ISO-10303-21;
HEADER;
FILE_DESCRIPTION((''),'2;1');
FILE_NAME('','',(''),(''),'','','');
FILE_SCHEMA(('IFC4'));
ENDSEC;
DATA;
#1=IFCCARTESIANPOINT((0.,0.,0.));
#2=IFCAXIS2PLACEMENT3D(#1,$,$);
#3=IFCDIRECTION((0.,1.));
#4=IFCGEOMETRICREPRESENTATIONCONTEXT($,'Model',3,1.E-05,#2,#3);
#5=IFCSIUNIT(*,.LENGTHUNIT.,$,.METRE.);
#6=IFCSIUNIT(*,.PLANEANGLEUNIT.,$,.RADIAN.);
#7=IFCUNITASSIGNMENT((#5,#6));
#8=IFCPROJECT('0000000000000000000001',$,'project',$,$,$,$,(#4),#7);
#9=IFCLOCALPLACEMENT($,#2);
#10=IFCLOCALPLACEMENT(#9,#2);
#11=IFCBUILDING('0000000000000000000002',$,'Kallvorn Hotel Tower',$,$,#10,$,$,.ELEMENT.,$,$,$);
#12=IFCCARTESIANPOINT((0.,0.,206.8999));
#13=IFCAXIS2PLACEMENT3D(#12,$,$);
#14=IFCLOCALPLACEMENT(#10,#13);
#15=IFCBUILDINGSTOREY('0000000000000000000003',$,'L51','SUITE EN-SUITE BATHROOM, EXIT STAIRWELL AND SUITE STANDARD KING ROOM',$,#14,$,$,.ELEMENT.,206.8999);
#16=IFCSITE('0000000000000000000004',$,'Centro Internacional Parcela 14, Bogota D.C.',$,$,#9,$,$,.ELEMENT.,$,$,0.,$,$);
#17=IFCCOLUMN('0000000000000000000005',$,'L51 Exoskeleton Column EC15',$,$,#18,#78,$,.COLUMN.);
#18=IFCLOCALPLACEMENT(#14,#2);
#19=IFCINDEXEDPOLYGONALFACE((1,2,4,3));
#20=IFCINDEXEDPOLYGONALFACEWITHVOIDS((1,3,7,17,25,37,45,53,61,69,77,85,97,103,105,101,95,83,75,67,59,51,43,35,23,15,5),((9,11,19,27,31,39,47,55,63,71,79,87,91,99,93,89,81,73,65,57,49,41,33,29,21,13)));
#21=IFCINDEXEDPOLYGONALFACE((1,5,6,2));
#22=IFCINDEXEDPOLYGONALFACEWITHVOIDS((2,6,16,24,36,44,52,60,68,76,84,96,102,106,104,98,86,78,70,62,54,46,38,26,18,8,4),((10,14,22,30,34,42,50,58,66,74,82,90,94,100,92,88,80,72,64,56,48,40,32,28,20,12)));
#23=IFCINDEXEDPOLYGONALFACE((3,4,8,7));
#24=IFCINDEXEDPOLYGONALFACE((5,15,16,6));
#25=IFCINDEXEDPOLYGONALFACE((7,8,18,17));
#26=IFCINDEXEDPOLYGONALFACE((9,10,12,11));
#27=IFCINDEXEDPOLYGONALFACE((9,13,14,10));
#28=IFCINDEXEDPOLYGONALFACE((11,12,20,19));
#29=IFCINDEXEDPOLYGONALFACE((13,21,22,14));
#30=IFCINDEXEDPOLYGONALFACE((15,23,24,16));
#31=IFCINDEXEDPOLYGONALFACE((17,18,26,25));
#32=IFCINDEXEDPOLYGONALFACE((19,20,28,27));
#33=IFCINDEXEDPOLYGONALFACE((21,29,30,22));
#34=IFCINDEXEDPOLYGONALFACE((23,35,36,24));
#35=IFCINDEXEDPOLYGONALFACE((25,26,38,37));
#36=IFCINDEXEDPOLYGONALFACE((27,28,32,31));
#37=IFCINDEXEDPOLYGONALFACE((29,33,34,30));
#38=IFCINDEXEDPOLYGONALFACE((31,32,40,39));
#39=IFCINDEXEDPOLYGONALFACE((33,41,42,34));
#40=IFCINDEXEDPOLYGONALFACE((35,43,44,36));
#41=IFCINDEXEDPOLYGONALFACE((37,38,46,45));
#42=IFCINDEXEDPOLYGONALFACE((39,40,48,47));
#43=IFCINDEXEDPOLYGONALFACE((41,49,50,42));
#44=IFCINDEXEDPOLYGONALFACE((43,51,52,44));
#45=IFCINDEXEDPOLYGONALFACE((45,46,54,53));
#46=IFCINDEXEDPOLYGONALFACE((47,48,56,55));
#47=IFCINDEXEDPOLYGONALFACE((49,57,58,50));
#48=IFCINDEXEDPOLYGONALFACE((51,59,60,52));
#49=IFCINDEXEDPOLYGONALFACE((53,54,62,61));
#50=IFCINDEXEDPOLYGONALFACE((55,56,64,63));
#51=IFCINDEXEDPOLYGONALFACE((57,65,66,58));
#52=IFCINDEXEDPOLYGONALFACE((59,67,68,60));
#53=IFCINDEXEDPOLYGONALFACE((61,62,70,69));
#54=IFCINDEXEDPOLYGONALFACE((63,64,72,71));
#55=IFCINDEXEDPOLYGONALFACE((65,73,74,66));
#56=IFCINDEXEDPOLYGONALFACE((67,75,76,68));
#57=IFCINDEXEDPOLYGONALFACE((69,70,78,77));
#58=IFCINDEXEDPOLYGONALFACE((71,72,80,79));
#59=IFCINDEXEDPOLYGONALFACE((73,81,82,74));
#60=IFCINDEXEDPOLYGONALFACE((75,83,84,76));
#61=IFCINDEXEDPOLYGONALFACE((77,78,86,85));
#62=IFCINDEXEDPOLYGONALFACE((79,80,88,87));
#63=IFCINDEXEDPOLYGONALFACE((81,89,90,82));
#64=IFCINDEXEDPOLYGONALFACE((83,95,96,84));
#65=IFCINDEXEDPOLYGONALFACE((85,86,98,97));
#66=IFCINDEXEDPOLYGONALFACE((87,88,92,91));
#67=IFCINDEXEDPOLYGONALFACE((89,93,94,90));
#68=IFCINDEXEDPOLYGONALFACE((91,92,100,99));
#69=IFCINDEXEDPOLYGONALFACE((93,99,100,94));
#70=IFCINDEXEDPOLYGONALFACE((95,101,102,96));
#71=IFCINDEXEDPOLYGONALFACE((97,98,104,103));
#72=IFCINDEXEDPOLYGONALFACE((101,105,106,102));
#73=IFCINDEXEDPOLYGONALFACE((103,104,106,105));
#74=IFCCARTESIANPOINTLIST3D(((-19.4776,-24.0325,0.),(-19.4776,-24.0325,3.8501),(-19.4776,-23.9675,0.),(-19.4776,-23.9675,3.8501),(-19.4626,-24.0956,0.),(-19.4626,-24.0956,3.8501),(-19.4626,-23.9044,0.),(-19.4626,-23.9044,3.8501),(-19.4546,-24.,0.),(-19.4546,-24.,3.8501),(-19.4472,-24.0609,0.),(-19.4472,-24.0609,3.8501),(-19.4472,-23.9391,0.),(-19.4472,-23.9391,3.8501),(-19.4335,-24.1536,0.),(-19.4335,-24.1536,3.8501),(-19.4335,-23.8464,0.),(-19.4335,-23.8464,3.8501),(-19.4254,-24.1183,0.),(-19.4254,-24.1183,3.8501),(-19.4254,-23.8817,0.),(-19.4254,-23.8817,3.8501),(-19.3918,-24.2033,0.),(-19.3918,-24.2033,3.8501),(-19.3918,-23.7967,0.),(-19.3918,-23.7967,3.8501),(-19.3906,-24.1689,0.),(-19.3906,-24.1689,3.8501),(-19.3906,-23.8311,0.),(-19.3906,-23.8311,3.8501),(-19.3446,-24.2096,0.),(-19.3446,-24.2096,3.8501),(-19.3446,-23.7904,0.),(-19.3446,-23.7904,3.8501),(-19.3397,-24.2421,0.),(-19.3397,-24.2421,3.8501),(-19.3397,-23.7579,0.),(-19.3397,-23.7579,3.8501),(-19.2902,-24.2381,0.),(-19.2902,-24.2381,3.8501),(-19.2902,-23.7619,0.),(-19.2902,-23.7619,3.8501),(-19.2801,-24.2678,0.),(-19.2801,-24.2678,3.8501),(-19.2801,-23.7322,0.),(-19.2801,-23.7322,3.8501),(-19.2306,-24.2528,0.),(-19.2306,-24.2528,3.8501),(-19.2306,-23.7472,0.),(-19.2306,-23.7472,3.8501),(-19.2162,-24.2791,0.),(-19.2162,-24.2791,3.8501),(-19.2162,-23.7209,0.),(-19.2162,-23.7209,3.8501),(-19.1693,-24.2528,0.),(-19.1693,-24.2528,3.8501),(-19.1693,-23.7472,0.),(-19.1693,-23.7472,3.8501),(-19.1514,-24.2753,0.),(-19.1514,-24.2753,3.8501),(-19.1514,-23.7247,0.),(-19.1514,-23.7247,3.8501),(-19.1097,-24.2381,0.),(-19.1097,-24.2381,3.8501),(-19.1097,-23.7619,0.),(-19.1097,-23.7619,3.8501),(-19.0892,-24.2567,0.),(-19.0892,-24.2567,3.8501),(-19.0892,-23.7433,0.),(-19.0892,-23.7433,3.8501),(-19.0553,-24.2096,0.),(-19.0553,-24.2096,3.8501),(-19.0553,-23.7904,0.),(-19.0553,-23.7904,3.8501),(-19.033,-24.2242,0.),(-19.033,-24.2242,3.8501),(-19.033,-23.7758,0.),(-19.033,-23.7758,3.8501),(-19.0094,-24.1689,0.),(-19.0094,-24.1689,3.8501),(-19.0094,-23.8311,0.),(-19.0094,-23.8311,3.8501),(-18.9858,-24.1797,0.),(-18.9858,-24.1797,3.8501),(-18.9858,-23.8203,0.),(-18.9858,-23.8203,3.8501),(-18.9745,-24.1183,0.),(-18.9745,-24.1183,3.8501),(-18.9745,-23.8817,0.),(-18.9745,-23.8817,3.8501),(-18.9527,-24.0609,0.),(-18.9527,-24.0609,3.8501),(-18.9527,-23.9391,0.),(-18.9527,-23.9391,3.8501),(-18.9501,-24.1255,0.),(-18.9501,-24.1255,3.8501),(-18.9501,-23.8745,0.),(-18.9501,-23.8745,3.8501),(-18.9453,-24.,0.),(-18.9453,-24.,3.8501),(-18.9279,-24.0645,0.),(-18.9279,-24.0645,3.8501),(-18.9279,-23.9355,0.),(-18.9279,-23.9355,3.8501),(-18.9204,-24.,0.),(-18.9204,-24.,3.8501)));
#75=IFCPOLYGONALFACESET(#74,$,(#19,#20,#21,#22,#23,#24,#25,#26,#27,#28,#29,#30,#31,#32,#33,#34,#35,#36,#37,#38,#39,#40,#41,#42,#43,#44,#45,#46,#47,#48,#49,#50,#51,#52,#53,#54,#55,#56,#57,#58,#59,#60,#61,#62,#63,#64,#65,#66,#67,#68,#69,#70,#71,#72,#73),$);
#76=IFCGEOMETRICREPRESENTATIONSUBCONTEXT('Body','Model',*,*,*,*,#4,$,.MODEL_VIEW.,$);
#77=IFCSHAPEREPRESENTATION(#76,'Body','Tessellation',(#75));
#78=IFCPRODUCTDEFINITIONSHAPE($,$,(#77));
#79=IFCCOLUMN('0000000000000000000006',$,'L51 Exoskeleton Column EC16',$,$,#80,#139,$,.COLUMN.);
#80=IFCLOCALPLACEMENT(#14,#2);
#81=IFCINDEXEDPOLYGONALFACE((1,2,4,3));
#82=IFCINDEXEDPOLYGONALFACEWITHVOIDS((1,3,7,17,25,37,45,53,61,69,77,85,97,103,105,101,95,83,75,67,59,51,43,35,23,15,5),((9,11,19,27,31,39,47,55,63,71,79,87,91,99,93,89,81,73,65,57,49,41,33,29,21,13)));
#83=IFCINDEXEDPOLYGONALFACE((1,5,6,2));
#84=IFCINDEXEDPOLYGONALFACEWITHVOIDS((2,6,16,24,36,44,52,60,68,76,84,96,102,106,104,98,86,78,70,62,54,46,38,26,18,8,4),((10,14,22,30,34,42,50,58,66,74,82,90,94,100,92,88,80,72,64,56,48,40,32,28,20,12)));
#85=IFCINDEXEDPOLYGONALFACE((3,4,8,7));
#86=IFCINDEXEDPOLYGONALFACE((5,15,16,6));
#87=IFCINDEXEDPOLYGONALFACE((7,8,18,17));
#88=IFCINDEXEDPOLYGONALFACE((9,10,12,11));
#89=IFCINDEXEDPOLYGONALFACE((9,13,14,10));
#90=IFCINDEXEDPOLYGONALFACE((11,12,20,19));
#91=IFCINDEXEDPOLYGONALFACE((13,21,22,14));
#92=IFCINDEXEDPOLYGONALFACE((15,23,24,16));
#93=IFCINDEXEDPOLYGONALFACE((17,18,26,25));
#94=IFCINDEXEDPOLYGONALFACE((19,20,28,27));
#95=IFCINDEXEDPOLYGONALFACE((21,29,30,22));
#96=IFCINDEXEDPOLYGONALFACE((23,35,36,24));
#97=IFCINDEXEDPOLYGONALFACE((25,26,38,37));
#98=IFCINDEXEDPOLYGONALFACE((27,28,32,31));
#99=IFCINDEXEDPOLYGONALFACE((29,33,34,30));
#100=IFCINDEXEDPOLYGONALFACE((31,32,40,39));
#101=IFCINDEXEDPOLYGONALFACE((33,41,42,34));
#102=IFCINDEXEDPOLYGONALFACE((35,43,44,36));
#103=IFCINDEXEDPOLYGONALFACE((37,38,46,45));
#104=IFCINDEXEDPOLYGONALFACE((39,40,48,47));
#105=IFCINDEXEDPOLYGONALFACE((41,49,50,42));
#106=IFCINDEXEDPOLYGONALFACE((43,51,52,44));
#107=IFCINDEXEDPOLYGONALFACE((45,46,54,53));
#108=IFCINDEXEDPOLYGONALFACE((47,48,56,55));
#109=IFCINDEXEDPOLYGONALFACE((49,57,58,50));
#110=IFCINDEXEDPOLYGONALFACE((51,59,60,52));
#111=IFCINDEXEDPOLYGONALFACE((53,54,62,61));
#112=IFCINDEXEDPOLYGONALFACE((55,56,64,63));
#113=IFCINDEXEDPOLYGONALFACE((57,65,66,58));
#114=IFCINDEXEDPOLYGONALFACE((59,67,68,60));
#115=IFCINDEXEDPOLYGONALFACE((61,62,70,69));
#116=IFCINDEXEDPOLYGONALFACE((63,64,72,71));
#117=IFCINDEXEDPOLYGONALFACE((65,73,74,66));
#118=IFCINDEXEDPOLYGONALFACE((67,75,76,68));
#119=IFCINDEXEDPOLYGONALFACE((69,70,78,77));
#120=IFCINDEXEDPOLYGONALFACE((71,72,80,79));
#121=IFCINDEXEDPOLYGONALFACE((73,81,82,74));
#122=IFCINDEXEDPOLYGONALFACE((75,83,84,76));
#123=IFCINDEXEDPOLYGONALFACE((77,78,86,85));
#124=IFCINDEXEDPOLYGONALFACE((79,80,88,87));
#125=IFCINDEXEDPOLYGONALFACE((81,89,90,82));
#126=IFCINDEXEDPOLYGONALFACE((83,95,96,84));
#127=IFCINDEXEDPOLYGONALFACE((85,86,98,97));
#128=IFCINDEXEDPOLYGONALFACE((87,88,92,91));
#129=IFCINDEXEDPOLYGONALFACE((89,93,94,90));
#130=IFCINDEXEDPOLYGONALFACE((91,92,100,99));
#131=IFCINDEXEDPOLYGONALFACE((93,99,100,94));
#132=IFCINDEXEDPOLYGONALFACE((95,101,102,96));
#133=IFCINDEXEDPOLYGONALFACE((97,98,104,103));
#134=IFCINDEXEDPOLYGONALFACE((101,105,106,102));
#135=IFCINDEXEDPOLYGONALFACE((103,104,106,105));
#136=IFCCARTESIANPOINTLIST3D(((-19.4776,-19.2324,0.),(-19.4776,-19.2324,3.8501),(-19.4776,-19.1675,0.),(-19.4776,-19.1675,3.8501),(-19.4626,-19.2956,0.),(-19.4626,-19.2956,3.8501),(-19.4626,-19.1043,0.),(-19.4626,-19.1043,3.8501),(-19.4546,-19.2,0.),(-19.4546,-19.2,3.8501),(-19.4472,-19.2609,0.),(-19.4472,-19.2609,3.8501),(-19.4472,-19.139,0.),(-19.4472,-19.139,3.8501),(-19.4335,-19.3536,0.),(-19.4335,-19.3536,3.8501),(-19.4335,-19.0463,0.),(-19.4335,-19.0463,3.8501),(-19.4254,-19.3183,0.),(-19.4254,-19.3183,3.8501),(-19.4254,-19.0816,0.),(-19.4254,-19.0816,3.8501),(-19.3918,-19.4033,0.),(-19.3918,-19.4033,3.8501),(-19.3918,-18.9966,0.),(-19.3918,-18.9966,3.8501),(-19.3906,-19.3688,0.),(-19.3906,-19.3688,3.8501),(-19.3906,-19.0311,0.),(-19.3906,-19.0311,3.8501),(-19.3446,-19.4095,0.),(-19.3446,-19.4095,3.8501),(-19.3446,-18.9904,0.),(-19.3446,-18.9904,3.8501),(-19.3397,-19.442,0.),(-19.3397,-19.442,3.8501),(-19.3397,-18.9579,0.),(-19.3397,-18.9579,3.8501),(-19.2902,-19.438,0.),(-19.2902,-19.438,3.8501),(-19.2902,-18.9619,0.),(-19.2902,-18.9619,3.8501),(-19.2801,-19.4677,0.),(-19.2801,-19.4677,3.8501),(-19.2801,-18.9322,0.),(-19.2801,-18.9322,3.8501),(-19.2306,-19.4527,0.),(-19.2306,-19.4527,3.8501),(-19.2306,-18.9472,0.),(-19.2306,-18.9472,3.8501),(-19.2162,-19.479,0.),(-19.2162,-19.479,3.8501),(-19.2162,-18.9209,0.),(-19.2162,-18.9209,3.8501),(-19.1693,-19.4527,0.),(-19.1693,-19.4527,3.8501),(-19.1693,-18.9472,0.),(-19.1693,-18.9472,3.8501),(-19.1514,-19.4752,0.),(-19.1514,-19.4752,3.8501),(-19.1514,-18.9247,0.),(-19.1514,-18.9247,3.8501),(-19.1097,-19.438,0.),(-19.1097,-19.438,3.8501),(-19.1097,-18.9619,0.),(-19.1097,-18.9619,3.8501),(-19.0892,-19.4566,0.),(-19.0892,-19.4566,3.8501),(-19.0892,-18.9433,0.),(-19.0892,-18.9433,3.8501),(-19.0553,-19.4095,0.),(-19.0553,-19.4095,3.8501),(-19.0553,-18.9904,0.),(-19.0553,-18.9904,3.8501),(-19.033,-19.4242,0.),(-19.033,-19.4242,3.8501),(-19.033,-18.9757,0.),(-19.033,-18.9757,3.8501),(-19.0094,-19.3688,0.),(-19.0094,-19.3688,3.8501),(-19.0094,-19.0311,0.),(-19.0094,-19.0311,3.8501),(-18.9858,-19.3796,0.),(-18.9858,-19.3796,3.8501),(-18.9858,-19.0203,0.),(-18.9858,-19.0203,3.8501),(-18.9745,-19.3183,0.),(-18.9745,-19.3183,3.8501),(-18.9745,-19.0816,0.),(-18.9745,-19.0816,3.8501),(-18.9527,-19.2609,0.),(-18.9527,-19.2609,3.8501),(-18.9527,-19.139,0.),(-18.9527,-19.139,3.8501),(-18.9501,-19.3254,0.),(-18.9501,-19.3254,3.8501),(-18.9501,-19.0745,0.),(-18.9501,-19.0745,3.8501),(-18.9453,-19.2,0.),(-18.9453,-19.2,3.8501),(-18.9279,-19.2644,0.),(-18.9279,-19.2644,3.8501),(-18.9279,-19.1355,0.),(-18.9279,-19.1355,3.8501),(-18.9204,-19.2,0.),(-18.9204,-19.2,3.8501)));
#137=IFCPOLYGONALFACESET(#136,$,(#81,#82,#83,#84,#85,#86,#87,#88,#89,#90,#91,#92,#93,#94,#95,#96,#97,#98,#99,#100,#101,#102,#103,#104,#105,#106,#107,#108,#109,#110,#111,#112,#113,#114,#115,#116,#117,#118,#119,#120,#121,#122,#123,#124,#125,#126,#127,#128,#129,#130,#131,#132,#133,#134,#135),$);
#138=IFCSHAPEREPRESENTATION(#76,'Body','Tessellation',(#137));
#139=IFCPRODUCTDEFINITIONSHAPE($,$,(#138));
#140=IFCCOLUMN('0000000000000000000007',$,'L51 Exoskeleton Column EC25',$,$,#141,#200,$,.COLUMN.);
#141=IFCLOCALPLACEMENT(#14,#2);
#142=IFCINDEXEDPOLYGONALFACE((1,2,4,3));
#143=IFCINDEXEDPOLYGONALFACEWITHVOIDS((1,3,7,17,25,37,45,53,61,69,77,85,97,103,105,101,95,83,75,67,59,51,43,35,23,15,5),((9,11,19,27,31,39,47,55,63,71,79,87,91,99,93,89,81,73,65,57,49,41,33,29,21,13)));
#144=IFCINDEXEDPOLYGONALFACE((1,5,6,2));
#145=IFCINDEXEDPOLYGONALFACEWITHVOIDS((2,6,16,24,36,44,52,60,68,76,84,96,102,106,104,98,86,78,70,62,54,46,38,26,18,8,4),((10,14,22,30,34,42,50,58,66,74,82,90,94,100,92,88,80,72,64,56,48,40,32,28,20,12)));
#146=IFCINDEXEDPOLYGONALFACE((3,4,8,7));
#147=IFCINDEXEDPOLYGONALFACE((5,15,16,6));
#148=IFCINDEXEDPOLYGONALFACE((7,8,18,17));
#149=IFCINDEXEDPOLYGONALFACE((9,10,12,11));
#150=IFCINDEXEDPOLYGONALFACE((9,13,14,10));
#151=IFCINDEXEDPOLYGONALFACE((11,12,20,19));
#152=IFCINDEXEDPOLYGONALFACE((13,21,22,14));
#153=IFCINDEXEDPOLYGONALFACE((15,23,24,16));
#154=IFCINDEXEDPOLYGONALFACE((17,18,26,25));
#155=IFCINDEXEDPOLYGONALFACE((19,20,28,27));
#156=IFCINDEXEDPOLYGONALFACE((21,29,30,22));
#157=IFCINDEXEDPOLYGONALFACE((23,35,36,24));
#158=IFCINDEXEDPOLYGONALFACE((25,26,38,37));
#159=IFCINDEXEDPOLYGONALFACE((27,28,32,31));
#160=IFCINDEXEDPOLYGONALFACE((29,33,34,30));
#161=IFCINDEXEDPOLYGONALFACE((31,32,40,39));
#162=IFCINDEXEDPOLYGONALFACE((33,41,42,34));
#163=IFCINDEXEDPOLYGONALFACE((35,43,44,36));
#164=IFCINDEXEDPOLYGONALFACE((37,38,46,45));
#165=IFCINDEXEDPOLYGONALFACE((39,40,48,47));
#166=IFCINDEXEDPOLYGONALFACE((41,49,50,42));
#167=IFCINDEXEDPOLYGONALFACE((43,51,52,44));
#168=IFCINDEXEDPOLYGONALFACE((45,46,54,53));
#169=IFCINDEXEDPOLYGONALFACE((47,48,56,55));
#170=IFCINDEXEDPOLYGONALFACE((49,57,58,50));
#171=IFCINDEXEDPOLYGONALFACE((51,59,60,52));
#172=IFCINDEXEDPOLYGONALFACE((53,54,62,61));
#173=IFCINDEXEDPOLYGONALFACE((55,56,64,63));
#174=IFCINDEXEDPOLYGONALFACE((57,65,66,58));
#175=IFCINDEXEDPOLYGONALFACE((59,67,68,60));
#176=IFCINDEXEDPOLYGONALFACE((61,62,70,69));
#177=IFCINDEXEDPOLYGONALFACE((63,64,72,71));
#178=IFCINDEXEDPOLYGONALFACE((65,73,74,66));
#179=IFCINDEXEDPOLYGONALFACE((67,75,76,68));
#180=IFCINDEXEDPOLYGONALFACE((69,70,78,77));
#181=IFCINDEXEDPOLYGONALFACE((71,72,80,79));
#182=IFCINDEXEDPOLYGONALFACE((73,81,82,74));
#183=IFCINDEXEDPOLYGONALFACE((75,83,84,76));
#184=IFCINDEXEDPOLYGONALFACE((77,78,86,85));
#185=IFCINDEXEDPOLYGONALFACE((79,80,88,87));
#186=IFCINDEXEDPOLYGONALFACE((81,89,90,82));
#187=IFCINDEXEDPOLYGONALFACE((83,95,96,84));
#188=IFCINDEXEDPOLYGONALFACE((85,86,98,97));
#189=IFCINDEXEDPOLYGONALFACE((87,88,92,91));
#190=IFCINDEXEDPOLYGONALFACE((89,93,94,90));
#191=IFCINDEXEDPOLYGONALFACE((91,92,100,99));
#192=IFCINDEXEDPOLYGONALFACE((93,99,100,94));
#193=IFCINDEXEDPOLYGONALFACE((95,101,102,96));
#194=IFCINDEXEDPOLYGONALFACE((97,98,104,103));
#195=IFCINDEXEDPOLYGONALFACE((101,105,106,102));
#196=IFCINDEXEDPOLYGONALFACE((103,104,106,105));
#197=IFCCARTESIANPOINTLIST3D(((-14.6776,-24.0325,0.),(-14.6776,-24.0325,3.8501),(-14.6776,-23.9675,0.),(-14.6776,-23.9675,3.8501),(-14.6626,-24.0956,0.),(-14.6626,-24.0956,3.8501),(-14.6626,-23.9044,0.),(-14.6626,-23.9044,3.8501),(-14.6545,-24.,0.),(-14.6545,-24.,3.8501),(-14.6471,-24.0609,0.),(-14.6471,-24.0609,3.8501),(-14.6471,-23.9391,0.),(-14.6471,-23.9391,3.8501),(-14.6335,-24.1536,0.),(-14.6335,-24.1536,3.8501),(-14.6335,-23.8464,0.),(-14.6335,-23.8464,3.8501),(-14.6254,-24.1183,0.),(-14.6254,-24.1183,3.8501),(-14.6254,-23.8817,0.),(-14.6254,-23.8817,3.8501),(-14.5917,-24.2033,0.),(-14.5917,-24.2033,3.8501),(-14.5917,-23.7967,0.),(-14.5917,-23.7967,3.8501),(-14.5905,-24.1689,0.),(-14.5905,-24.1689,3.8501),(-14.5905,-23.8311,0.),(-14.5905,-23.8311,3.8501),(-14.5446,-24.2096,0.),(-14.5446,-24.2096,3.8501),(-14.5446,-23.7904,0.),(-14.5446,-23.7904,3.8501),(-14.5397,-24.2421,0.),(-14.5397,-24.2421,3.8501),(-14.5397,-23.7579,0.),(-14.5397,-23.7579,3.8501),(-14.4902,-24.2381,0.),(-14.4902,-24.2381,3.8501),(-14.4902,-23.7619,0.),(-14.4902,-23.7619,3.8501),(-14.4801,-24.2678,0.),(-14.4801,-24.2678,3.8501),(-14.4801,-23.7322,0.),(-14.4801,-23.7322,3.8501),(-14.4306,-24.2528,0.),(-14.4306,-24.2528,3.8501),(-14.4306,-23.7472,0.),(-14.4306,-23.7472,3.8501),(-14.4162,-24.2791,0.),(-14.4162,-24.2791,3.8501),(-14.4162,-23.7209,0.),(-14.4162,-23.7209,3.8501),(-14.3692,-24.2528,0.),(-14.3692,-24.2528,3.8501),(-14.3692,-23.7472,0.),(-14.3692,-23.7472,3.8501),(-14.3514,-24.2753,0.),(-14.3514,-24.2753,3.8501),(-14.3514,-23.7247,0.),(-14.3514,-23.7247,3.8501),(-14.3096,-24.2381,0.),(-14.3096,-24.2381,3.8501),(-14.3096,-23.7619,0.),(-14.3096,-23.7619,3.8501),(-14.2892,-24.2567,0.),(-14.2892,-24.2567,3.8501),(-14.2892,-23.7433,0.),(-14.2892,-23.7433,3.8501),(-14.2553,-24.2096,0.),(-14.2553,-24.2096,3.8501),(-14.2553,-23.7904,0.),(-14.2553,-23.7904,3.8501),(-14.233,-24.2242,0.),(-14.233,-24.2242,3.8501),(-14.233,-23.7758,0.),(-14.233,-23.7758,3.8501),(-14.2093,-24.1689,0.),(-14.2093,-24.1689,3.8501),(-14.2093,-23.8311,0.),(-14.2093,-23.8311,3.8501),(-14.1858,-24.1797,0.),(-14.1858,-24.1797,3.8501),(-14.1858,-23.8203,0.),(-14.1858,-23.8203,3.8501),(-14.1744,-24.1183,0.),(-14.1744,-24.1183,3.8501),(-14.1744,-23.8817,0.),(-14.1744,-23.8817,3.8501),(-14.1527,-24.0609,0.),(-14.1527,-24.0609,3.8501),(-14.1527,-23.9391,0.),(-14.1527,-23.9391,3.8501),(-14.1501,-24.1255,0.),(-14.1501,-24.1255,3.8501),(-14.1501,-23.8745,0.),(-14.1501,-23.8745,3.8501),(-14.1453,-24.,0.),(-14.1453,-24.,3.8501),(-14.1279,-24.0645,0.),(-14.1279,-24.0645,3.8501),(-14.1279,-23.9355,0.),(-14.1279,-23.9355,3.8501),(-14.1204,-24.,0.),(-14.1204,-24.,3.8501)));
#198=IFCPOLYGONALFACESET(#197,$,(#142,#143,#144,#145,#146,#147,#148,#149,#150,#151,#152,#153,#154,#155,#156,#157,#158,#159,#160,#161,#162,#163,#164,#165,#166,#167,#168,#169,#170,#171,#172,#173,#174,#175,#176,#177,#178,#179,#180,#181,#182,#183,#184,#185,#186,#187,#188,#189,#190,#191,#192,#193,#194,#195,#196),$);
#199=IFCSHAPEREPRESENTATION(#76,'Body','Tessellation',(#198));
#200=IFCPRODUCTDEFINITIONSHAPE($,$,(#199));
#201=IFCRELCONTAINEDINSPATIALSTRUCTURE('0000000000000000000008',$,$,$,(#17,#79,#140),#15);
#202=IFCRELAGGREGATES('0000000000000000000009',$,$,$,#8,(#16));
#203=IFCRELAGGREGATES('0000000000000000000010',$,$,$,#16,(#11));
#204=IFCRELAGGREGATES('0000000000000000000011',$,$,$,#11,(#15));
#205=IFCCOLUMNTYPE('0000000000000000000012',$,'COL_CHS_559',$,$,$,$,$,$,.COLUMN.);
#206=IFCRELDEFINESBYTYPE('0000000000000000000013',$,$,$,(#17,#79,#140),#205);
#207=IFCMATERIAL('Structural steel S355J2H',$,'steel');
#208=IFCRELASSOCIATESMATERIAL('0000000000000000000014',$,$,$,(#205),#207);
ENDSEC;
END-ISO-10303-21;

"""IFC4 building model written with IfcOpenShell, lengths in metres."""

from ifc_helpers import new_model, si_unit, direction, frame, origin, origin_2d, place, context, subcontext, project, spatial, hollow_circle, extrude, material, material_profile, profile_set, type_object, element, save


model = new_model("IFC4")

# Units and contexts
model_context = context("Model", 3, precision=1e-05, world=origin(), true_north=direction((0.0, 1.0)))
body_context = subcontext(model_context, "Body", "Model", "MODEL_VIEW")
ifc_project = project(units=[si_unit("LENGTHUNIT", "METRE"), si_unit("PLANEANGLEUNIT", "RADIAN")], contexts=[model_context])

# Site, building, storey
site_placement = place(None, origin())
site = spatial("IfcSite", under=ifc_project, at=site_placement, Name="Centro Internacional Parcela 14, Bogota D.C.", CompositionType="ELEMENT", RefElevation=0.0)
building_placement = place(site_placement, origin())
building = spatial("IfcBuilding", under=site, at=building_placement, Name="Kallvorn Hotel Tower", CompositionType="ELEMENT")
storey_placement = place(building_placement, frame((0.0, 0.0, 206.8999)))
storey = spatial("IfcBuildingStorey", under=building, at=storey_placement, Name="L51", Description="SUITE EN-SUITE BATHROOM, EXIT STAIRWELL AND SUITE STANDARD KING ROOM", CompositionType="ELEMENT", Elevation=206.8999)

# Columns
ifc_material_1 = material(Name="Structural steel S355J2H", Category="steel")
ifc_material_profile_1 = material_profile(ifc_material_1, hollow_circle(Radius=0.2795, WallThickness=0.0249, at=origin_2d()), Name="CHS 559x25")
ifc_profile_set_1 = profile_set([ifc_material_profile_1], Name="Structural steel S355J2H")
column_type = type_object("IfcColumnType", Name="COL_CHS_559", PredefinedType="COLUMN", material=ifc_profile_set_1)
for number, where, z_axis, x_axis, name in (
    (1, (-19.2, -24.0, 0.0), (0.0, 0.0, 1.0), (1.0, 0.0, 0.0), "L51 Exoskeleton Column EC15"),
    (2, (-19.2, -19.2, 0.0), (0.0, 0.0, 1.0), (1.0, 0.0, 0.0), "L51 Exoskeleton Column EC16"),
    (3, (-14.3999, -24.0, 0.0), (0.0, 0.0, 1.0), (1.0, 0.0, 0.0), "L51 Exoskeleton Column EC25"),
):
    element("IfcColumn", number, at=place(storey_placement, frame(where, z_axis=z_axis, x_axis=x_axis)), inside=storey, type_object=column_type, Name=name, PredefinedType="COLUMN", context=body_context, shape_type="SweptSolid", body=[
        extrude(hollow_circle(Radius=0.2795, WallThickness=0.0249, at=origin_2d()), origin(), (0.0, 0.0, 1.0), 3.8501),
    ])

save(model, "model.ifc")
